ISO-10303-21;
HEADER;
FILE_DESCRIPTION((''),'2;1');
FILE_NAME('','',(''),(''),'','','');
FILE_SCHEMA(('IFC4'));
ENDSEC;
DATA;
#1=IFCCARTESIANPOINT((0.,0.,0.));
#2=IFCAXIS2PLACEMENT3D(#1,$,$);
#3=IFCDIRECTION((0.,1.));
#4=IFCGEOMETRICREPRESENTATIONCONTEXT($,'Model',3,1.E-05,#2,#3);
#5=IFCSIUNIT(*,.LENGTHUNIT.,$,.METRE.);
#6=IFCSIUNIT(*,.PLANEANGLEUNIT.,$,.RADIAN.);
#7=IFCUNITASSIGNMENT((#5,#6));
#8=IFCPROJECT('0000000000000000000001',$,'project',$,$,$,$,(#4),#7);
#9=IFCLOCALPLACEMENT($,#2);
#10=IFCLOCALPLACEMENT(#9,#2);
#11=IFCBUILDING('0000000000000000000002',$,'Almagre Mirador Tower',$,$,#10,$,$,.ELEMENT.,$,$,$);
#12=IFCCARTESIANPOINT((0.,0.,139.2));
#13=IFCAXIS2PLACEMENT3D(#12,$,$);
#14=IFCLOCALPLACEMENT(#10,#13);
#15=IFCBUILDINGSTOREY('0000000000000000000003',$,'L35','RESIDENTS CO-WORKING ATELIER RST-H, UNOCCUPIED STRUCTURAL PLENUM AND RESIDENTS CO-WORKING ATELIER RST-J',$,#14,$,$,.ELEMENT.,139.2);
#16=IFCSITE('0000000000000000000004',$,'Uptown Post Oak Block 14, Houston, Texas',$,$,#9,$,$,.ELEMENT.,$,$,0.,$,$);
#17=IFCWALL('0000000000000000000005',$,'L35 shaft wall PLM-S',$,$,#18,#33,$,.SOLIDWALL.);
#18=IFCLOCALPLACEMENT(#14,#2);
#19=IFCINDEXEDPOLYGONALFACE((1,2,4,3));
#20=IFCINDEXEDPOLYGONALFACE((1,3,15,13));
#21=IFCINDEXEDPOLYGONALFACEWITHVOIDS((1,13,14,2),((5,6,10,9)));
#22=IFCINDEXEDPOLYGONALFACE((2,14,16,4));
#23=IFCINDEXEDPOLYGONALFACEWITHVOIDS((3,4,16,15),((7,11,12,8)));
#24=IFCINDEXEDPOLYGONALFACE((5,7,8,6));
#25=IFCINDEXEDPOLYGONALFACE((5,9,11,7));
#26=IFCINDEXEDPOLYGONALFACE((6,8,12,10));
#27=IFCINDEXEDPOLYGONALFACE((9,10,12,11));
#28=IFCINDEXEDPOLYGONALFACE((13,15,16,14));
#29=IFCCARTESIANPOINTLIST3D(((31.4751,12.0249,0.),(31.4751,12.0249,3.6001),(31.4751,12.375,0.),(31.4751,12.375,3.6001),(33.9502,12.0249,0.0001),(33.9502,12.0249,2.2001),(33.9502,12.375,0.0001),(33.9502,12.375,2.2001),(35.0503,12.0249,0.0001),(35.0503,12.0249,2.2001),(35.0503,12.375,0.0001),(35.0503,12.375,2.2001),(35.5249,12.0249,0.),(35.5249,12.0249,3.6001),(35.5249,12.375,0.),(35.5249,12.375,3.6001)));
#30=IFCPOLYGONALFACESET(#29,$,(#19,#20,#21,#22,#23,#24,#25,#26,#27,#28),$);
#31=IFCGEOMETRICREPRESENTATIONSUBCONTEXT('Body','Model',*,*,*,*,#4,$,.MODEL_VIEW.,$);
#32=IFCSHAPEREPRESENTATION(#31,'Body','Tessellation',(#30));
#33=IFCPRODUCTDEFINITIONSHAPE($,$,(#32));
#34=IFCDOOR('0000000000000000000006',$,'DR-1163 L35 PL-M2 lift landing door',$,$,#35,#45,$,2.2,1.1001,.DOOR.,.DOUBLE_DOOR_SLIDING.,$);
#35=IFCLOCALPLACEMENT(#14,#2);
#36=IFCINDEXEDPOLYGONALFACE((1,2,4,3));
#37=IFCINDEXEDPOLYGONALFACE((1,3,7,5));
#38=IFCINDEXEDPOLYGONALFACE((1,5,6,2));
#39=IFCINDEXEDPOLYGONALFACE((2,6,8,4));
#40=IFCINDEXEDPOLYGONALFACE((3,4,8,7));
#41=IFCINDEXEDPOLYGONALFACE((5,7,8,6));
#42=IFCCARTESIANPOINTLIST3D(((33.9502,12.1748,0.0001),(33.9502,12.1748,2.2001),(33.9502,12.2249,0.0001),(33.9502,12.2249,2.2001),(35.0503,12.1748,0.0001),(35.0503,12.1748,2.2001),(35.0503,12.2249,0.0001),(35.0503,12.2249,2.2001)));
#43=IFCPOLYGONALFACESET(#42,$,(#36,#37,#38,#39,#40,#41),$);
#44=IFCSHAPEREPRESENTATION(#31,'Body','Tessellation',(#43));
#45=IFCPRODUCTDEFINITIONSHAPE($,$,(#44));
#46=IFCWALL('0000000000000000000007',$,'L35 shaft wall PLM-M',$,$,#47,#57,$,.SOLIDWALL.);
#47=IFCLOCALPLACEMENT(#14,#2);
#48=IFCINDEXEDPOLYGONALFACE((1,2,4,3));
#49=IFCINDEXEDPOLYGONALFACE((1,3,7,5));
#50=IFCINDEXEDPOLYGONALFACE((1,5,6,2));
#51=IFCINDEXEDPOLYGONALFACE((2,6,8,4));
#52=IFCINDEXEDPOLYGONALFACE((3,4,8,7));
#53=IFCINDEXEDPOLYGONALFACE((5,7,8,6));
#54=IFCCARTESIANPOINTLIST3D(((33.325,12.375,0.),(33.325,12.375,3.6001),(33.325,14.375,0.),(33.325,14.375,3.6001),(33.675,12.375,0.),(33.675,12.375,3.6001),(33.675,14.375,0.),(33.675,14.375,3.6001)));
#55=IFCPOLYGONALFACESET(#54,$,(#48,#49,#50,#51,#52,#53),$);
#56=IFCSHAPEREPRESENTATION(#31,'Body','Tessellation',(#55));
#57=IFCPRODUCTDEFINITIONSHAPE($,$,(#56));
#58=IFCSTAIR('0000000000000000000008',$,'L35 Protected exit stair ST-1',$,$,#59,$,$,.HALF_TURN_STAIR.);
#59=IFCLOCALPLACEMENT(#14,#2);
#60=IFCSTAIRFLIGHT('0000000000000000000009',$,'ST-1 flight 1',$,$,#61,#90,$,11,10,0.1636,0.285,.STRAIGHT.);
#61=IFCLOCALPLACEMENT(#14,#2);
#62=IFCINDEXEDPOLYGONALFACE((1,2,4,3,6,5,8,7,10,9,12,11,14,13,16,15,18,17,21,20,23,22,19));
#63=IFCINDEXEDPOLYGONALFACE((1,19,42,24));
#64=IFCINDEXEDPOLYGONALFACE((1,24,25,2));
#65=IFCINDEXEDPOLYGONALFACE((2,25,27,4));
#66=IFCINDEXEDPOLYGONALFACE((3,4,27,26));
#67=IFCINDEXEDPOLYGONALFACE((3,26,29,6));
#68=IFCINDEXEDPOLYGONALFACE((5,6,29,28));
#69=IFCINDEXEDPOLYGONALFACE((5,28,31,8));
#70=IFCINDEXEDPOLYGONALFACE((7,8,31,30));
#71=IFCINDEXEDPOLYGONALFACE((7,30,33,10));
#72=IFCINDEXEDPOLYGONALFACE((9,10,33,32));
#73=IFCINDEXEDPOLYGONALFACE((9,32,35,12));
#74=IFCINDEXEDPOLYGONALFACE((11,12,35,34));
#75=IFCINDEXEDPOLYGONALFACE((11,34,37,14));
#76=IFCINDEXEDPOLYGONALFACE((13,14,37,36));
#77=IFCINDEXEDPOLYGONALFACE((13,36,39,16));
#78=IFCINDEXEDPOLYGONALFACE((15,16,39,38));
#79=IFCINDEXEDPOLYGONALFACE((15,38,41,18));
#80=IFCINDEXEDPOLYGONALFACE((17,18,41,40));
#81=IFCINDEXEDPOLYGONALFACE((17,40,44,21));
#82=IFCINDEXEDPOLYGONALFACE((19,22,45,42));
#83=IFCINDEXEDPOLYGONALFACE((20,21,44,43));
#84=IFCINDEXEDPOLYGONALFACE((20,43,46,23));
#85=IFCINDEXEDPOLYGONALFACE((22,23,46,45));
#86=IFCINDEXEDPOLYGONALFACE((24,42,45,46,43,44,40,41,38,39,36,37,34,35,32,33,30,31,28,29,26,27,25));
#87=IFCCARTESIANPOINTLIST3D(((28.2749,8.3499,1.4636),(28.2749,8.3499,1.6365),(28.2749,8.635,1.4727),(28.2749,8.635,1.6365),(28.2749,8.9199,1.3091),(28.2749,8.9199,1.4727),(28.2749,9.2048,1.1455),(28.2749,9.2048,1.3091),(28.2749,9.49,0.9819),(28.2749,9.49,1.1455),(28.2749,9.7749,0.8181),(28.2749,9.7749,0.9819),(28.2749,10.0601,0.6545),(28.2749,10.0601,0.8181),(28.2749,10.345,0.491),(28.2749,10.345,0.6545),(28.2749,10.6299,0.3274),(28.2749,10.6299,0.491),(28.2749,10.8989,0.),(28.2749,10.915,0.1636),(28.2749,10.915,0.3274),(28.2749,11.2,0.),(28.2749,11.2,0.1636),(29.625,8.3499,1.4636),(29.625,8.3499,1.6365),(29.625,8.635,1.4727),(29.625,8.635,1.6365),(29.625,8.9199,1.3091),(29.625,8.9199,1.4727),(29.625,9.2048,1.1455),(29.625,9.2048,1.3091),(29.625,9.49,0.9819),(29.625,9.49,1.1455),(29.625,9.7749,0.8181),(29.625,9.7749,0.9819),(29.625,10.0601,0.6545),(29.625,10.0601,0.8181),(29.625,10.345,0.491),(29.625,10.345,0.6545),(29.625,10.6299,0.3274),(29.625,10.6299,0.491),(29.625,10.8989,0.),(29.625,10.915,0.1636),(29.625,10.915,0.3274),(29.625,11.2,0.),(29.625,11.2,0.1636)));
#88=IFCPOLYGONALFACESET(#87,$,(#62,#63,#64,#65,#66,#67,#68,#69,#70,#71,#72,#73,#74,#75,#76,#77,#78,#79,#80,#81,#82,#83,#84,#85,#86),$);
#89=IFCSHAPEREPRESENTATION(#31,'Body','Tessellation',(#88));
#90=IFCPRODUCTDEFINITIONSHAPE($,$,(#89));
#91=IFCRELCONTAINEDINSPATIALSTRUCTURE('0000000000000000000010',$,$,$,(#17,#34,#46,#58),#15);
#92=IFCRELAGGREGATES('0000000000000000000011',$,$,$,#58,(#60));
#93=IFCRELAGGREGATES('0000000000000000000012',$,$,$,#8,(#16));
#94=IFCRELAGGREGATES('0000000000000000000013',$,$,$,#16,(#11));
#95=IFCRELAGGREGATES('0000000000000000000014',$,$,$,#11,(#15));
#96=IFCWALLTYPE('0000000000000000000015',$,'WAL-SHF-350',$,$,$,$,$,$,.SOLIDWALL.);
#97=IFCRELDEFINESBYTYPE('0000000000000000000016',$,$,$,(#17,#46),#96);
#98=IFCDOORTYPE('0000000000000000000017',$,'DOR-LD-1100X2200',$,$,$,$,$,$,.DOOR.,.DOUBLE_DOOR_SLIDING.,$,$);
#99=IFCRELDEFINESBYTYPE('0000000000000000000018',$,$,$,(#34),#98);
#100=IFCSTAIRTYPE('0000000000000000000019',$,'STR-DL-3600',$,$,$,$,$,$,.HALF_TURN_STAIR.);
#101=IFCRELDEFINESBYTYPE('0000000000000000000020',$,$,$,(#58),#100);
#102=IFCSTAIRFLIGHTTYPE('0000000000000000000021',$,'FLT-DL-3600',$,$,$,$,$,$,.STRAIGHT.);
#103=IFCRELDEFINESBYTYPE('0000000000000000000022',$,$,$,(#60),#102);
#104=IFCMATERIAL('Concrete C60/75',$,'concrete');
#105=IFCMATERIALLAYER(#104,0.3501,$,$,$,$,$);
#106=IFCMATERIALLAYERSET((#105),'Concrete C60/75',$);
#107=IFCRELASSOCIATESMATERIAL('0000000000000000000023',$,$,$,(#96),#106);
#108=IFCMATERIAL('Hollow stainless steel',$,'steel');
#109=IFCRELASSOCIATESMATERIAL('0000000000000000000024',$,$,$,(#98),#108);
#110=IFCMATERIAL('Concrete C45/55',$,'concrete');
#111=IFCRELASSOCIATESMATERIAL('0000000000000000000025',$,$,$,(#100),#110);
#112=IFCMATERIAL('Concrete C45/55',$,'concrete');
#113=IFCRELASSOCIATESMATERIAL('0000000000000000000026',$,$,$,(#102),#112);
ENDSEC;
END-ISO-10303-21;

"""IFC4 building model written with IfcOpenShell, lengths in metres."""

from ifc_helpers import new_model, si_unit, direction, frame, frame_2d, origin, place, context, subcontext, project, spatial, polyline, rectangle, outline, extrude, material, layer, layer_set, type_object, element, fill, aggregate, save


model = new_model("IFC4")

# Units and contexts
model_context = context("Model", 3, precision=1e-05, world=origin(), true_north=direction((0.0, 1.0)))
body_context = subcontext(model_context, "Body", "Model", "MODEL_VIEW")
ifc_project = project(units=[si_unit("LENGTHUNIT", "METRE"), si_unit("PLANEANGLEUNIT", "RADIAN")], contexts=[model_context])

# Site, building, storey
site_placement = place(None, origin())
site = spatial("IfcSite", under=ifc_project, at=site_placement, Name="Uptown Post Oak Block 14, Houston, Texas", CompositionType="ELEMENT", RefElevation=0.0)
building_placement = place(site_placement, origin())
building = spatial("IfcBuilding", under=site, at=building_placement, Name="Almagre Mirador Tower", CompositionType="ELEMENT")
storey_placement = place(building_placement, frame((0.0, 0.0, 139.2)))
storey = spatial("IfcBuildingStorey", under=building, at=storey_placement, Name="L35", Description="RESIDENTS CO-WORKING ATELIER RST-H, UNOCCUPIED STRUCTURAL PLENUM AND RESIDENTS CO-WORKING ATELIER RST-J", CompositionType="ELEMENT", Elevation=139.2)

# Wall, opening, door
ifc_material_1 = material(Name="Concrete C60/75", Category="concrete")
ifc_layer_1 = layer(ifc_material_1, 0.3501)
ifc_layer_set_1 = layer_set([ifc_layer_1], Name="Concrete C60/75")
wall_type_1 = type_object("IfcWallType", Name="WAL-SHF-350", PredefinedType="SOLIDWALL", material=ifc_layer_set_1)
wall_1_placement = place(storey_placement, frame((31.4751, 12.2, 0.0), z_axis=(0.0, 0.0, 1.0), x_axis=(1.0, 0.0, 0.0)))
wall_1 = element("IfcWall", 1, at=wall_1_placement, inside=storey, type_object=wall_type_1, Name="L35 shaft wall PLM-S", PredefinedType="SOLIDWALL", context=body_context, shape_type="SweptSolid", body=[
    extrude(rectangle(XDim=4.0498, YDim=0.3501, at=frame_2d((2.0249, 0.0))), origin(), (0.0, 0.0, 1.0), 3.6001),
])
opening_1_placement = place(wall_1_placement, frame((2.4751, 0.0, 0.0)))
opening_1 = element("IfcOpeningElement", 2, at=opening_1_placement, cuts=wall_1, PredefinedType="OPENING", context=body_context, shape_type="SweptSolid", body=[
    extrude(rectangle(XDim=1.1001, YDim=2.2, at=frame_2d((0.55, 1.1001))), frame((0.0, 0.185, 0.0), z_axis=(0.0, -1.0, 0.0), x_axis=(1.0, 0.0, 0.0)), (0.0, 0.0, 1.0), 0.3701),
])
ifc_material_2 = material(Name="Hollow stainless steel", Category="steel")
door_type_1 = type_object("IfcDoorType", Name="DOR-LD-1100X2200", OperationType="DOUBLE_DOOR_SLIDING", PredefinedType="DOOR", material=ifc_material_2)
door_1_placement = place(opening_1_placement, origin())
door_1 = element("IfcDoor", 3, at=door_1_placement, inside=storey, type_object=door_type_1, Name="DR-1163 L35 PL-M2 lift landing door", OperationType="DOUBLE_DOOR_SLIDING", OverallHeight=2.2, OverallWidth=1.1001, PredefinedType="DOOR", context=body_context, shape_type="SweptSolid", body=[
    extrude(rectangle(XDim=1.1001, YDim=2.2, at=frame_2d((0.55, 1.1001))), frame((0.0, 0.0249, 0.0), z_axis=(0.0, -1.0, 0.0), x_axis=(1.0, 0.0, 0.0)), (0.0, 0.0, 1.0), 0.05),
])
fill(opening_1, door_1)

# Wall
wall_2_placement = place(storey_placement, frame((33.5, 12.375, 0.0), z_axis=(0.0, 0.0, 1.0), x_axis=(0.0, 1.0, 0.0)))
element("IfcWall", 4, at=wall_2_placement, inside=storey, type_object=wall_type_1, Name="L35 shaft wall PLM-M", PredefinedType="SOLIDWALL", context=body_context, shape_type="SweptSolid", body=[
    extrude(rectangle(XDim=2.0, YDim=0.3501, at=frame_2d((1.0, 0.0))), origin(), (0.0, 0.0, 1.0), 3.6001),
])

# Stair, stair flight
ifc_material_3 = material(Name="Concrete C45/55", Category="concrete")
stair_type = type_object("IfcStairType", Name="STR-DL-3600", PredefinedType="HALF_TURN_STAIR", material=ifc_material_3)
stair_placement = place(storey_placement, origin())
stair = element("IfcStair", 5, at=stair_placement, inside=storey, type_object=stair_type, Name="L35 Protected exit stair ST-1", PredefinedType="HALF_TURN_STAIR")
ifc_material_4 = material(Name="Concrete C45/55", Category="concrete")
stair_flight_type = type_object("IfcStairFlightType", Name="FLT-DL-3600", PredefinedType="STRAIGHT", material=ifc_material_4)
stair_flight_placement = place(storey_placement, frame((28.95, 11.2, 0.0), z_axis=(0.0, 0.0, 1.0), x_axis=(0.0, -1.0, 0.0)))
stair_flight = element("IfcStairFlight", 6, at=stair_flight_placement, type_object=stair_flight_type, Name="ST-1 flight 1", NumberOfRisers=11, NumberOfTreads=10, PredefinedType="STRAIGHT", RiserHeight=0.1636, TreadLength=0.285, context=body_context, shape_type="SweptSolid", body=[
    extrude(outline(polyline([(0.0, 0.0), (0.0, 0.1636), (0.2849, 0.1636), (0.2849, 0.3274), (0.5701, 0.3274), (0.5701, 0.491), (0.855, 0.491), (0.855, 0.6545), (1.1399, 0.6545), (1.1399, 0.8181), (1.425, 0.8181), (1.425, 0.9819), (1.71, 0.9819), (1.71, 1.1455), (1.9951, 1.1455), (1.9951, 1.3091), (2.28, 1.3091), (2.28, 1.4727), (2.5649, 1.4727), (2.5649, 1.6365), (2.8501, 1.6365), (2.8501, 1.8), (2.8501, 1.4636), (0.301, 0.0), (0.0, 0.0)])), frame((0.0, 0.675, 0.0), z_axis=(0.0, -1.0, 0.0), x_axis=(1.0, 0.0, 0.0)), (0.0, 0.0, 1.0), 1.3501),
])
aggregate(stair, [stair_flight])

save(model, "model.ifc")
